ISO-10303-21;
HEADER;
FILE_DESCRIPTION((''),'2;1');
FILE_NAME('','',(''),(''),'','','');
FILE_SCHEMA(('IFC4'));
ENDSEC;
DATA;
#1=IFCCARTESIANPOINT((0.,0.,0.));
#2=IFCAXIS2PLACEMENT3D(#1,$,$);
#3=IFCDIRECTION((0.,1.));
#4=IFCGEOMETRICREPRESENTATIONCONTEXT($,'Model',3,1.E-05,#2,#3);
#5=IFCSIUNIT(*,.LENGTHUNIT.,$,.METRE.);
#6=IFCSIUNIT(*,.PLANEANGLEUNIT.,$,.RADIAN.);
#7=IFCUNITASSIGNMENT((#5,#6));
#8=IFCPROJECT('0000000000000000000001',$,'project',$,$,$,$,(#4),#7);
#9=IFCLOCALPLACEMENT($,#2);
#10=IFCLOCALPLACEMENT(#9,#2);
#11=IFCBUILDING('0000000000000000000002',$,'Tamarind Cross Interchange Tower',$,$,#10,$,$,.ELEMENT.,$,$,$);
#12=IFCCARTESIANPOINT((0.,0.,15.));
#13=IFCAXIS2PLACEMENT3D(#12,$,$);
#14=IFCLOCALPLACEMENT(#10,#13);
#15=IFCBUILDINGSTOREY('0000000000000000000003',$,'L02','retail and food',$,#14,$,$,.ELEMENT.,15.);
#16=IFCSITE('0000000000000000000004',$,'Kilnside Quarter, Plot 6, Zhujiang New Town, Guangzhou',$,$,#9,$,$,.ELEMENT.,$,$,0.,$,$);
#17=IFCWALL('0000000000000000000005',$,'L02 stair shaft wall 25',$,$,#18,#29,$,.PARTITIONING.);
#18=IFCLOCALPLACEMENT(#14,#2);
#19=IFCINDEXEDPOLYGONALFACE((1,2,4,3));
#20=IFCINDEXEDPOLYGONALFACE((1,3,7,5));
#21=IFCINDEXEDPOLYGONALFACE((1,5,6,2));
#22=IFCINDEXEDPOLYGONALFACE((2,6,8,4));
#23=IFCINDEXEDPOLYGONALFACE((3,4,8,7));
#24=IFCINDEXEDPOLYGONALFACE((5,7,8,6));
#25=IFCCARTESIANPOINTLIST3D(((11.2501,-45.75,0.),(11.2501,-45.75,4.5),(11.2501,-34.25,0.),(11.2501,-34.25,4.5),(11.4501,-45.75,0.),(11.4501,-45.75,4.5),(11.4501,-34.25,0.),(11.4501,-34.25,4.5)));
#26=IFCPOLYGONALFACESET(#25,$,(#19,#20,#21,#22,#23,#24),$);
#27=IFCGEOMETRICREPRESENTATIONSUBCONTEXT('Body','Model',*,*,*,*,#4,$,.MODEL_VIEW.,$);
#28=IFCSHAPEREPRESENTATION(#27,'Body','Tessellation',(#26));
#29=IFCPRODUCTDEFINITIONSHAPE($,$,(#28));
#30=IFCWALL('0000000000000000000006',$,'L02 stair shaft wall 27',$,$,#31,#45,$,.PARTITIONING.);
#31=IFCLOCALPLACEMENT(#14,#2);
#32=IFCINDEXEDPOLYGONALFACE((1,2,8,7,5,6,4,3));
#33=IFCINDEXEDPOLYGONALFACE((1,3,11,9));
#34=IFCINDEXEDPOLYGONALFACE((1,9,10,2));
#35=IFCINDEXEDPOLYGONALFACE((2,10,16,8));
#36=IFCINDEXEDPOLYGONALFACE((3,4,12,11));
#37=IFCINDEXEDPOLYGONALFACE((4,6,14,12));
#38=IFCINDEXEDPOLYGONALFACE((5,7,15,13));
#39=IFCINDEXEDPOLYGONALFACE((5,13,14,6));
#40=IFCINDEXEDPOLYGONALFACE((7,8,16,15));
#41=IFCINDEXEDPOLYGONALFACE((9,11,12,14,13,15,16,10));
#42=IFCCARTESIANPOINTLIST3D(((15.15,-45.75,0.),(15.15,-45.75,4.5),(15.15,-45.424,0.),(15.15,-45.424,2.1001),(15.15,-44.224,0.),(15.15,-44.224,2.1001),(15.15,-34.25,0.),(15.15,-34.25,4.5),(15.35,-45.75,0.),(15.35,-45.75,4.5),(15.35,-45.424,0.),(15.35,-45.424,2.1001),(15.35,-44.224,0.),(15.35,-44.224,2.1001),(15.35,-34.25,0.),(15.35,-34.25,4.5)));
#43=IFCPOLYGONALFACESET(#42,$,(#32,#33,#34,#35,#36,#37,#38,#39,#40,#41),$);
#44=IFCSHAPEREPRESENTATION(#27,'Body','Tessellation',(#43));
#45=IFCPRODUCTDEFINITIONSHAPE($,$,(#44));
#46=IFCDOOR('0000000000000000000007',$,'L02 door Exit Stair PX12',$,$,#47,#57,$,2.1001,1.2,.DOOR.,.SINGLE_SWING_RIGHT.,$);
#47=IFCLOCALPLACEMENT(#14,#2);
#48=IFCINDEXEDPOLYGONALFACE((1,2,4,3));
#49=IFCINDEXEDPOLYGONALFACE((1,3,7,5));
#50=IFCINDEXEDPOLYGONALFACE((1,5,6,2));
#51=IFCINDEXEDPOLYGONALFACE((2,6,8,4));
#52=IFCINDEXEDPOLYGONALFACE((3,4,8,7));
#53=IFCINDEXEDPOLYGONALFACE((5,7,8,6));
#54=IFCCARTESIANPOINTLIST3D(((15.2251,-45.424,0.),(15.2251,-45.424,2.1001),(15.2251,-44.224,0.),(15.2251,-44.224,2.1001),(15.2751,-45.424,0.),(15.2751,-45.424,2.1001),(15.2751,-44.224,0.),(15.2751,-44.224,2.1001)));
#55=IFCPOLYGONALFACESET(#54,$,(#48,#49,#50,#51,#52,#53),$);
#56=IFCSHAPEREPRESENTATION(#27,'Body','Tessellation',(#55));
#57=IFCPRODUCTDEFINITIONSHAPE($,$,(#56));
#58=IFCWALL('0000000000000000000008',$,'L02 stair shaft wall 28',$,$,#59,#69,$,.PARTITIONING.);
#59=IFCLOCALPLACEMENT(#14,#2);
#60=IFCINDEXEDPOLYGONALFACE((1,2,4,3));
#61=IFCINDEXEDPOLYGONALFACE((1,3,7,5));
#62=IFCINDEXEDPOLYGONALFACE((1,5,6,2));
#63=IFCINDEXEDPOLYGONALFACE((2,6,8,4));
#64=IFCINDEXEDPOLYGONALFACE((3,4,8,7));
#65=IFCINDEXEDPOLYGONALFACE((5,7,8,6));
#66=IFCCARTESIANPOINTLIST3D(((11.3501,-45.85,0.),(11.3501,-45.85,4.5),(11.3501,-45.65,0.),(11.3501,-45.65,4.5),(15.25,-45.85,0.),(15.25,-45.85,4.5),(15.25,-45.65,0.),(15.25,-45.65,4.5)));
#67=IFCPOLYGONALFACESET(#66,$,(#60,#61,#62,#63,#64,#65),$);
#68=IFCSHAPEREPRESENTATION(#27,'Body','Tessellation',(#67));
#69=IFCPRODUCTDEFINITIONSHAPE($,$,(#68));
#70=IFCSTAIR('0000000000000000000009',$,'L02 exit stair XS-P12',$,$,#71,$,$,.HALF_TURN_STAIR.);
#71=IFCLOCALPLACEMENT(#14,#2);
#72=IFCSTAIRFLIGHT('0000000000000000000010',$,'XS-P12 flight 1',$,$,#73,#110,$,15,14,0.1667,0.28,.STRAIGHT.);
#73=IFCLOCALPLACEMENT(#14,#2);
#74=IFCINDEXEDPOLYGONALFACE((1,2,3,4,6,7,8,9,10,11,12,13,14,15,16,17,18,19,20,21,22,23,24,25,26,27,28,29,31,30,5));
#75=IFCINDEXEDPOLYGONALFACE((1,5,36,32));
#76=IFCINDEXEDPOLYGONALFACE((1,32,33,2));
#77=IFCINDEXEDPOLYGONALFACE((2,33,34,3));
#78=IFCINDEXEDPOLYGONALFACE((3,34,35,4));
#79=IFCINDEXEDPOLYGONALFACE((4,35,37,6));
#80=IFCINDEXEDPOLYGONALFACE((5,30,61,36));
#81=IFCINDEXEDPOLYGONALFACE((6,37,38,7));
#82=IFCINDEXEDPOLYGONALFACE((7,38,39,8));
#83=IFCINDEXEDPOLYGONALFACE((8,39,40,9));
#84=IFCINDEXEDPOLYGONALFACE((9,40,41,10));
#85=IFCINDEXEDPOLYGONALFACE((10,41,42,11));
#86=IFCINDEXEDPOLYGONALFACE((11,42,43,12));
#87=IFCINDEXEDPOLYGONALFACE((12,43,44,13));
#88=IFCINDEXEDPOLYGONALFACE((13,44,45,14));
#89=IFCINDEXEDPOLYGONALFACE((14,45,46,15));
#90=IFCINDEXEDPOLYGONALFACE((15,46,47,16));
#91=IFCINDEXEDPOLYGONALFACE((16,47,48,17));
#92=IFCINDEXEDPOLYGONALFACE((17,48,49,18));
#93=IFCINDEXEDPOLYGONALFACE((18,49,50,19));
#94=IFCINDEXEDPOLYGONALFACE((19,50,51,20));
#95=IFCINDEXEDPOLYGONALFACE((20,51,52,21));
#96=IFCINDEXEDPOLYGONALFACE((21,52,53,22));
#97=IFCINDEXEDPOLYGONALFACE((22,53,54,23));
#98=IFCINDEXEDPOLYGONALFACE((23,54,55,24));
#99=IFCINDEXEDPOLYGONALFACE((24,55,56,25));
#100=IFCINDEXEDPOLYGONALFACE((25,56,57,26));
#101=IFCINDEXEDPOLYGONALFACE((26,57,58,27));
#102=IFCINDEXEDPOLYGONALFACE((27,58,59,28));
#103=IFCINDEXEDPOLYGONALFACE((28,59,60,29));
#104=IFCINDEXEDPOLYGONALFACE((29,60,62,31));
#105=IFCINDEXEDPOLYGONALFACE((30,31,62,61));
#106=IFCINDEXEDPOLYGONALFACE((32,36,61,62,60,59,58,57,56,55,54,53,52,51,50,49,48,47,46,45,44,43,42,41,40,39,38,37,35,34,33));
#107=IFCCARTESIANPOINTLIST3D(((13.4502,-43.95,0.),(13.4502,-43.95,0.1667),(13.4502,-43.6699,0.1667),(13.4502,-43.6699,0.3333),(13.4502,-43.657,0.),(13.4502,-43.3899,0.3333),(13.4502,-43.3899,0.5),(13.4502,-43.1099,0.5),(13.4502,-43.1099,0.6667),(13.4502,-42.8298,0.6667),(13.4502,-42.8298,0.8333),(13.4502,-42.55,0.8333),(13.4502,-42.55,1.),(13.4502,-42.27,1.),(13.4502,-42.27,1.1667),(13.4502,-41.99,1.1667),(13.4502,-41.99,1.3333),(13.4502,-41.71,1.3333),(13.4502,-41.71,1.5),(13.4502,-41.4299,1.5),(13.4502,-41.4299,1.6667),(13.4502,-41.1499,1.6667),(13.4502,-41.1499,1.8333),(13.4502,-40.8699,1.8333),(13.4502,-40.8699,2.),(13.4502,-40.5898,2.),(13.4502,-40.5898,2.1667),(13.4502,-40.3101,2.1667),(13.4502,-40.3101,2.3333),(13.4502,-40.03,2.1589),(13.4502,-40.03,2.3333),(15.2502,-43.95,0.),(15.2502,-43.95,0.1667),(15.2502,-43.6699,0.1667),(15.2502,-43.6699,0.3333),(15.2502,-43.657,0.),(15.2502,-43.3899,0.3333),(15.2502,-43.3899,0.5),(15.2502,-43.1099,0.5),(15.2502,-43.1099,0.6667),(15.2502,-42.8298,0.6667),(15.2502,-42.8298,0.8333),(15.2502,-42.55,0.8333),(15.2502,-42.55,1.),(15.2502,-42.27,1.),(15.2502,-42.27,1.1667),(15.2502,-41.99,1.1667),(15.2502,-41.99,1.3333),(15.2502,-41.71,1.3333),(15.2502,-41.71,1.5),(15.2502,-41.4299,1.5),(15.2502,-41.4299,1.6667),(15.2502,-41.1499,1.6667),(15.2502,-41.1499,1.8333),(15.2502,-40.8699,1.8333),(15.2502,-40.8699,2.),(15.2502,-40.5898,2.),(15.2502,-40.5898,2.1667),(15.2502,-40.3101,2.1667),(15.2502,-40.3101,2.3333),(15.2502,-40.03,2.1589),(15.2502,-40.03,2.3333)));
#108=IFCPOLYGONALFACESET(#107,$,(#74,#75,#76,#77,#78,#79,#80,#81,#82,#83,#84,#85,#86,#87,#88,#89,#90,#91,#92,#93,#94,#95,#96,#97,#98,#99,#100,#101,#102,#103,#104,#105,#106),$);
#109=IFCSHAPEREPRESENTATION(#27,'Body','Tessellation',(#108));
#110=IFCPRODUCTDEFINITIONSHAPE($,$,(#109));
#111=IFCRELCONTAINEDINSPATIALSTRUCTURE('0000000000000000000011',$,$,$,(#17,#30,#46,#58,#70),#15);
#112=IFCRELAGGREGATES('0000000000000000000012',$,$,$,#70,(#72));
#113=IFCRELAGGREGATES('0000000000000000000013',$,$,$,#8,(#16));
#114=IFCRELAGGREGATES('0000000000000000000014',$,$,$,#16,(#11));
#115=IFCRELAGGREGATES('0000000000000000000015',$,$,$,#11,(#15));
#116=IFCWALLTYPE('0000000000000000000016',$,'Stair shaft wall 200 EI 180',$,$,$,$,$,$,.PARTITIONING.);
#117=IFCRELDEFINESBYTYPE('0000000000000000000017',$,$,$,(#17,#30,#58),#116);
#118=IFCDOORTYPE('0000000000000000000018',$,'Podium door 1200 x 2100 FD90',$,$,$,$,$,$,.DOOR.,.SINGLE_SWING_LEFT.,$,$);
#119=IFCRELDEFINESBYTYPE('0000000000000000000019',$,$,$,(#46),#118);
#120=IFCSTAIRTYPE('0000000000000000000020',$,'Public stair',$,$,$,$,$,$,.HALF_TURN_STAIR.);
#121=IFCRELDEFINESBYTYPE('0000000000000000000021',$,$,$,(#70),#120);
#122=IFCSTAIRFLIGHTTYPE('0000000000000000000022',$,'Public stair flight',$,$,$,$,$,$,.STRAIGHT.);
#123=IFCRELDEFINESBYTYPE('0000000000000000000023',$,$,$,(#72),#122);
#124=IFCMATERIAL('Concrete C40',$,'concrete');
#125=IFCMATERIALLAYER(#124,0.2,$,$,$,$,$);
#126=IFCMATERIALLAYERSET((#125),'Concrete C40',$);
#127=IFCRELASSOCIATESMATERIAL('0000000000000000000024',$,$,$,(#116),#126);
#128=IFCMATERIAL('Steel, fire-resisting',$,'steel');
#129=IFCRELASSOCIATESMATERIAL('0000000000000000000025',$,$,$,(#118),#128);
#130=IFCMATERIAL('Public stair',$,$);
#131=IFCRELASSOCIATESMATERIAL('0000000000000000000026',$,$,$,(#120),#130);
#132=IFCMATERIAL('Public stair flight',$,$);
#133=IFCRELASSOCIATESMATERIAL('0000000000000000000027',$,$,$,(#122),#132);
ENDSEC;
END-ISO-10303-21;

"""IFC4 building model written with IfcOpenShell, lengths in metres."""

from ifc_helpers import new_model, si_unit, direction, frame, frame_2d, origin, place, context, subcontext, project, spatial, polyline, rectangle, outline, extrude, material, layer, layer_set, type_object, element, fill, aggregate, save


model = new_model("IFC4")

# Units and contexts
model_context = context("Model", 3, precision=1e-05, world=origin(), true_north=direction((0.0, 1.0)))
body_context = subcontext(model_context, "Body", "Model", "MODEL_VIEW")
ifc_project = project(units=[si_unit("LENGTHUNIT", "METRE"), si_unit("PLANEANGLEUNIT", "RADIAN")], contexts=[model_context])

# Site, building, storey
site_placement = place(None, origin())
site = spatial("IfcSite", under=ifc_project, at=site_placement, Name="Kilnside Quarter, Plot 6, Zhujiang New Town, Guangzhou", CompositionType="ELEMENT", RefElevation=0.0)
building_placement = place(site_placement, origin())
building = spatial("IfcBuilding", under=site, at=building_placement, Name="Tamarind Cross Interchange Tower", CompositionType="ELEMENT")
storey_placement = place(building_placement, frame((0.0, 0.0, 15.0)))
storey = spatial("IfcBuildingStorey", under=building, at=storey_placement, Name="L02", Description="retail and food", CompositionType="ELEMENT", Elevation=15.0)

# Shared definitions
ifc_material_1 = material(Name="Steel, fire-resisting", Category="steel")

# Wall
ifc_material_2 = material(Name="Concrete C40", Category="concrete")
ifc_layer_1 = layer(ifc_material_2, 0.2)
ifc_layer_set_1 = layer_set([ifc_layer_1], Name="Concrete C40")
wall_type_1 = type_object("IfcWallType", Name="Stair shaft wall 200 EI 180", PredefinedType="PARTITIONING", material=ifc_layer_set_1)
wall_1_placement = place(storey_placement, frame((11.3501, -45.75, 0.0), z_axis=(0.0, 0.0, 1.0), x_axis=(0.0, 1.0, 0.0)))
element("IfcWall", 1, at=wall_1_placement, inside=storey, type_object=wall_type_1, Name="L02 stair shaft wall 25", PredefinedType="PARTITIONING", context=body_context, shape_type="SweptSolid", body=[
    extrude(rectangle(XDim=11.5, YDim=0.2, at=frame_2d((5.75, 0.0))), origin(), (0.0, 0.0, 1.0), 4.5),
])

# Wall, opening, door
wall_2_placement = place(storey_placement, frame((15.25, -45.75, 0.0), z_axis=(0.0, 0.0, 1.0), x_axis=(0.0, 1.0, 0.0)))
wall_2 = element("IfcWall", 2, at=wall_2_placement, inside=storey, type_object=wall_type_1, Name="L02 stair shaft wall 27", PredefinedType="PARTITIONING", context=body_context, shape_type="SweptSolid", body=[
    extrude(rectangle(XDim=11.5, YDim=0.2, at=frame_2d((5.75, 0.0))), origin(), (0.0, 0.0, 1.0), 4.5),
])
opening_1_placement = place(wall_2_placement, frame((0.3259, 0.0, 0.0)))
opening_1 = element("IfcOpeningElement", 3, at=opening_1_placement, cuts=wall_2, PredefinedType="OPENING", context=body_context, shape_type="SweptSolid", body=[
    extrude(rectangle(XDim=1.2, YDim=2.1001, at=frame_2d((0.6001, 1.05))), frame((0.0, 0.1099, 0.0), z_axis=(0.0, -1.0, 0.0), x_axis=(1.0, 0.0, 0.0)), (0.0, 0.0, 1.0), 0.22),
])
door_type_1 = type_object("IfcDoorType", Name="Podium door 1200 x 2100 FD90", OperationType="SINGLE_SWING_LEFT", PredefinedType="DOOR", material=ifc_material_1)
door_1_placement = place(opening_1_placement, origin())
door_1 = element("IfcDoor", 4, at=door_1_placement, inside=storey, type_object=door_type_1, Name="L02 door Exit Stair PX12", OperationType="SINGLE_SWING_RIGHT", OverallHeight=2.1001, OverallWidth=1.2, PredefinedType="DOOR", context=body_context, shape_type="SweptSolid", body=[
    extrude(rectangle(XDim=1.2, YDim=2.1001, at=frame_2d((0.6001, 1.05))), frame((0.0, 0.0249, 0.0), z_axis=(0.0, -1.0, 0.0), x_axis=(1.0, 0.0, 0.0)), (0.0, 0.0, 1.0), 0.05),
])
fill(opening_1, door_1)

# Wall
wall_3_placement = place(storey_placement, frame((11.3501, -45.75, 0.0), z_axis=(0.0, 0.0, 1.0), x_axis=(1.0, 0.0, 0.0)))
element("IfcWall", 5, at=wall_3_placement, inside=storey, type_object=wall_type_1, Name="L02 stair shaft wall 28", PredefinedType="PARTITIONING", context=body_context, shape_type="SweptSolid", body=[
    extrude(rectangle(XDim=3.8999, YDim=0.2, at=frame_2d((1.95, 0.0))), origin(), (0.0, 0.0, 1.0), 4.5),
])

# Stair, stair flight
ifc_material_3 = material(Name="Public stair")
stair_type = type_object("IfcStairType", Name="Public stair", PredefinedType="HALF_TURN_STAIR", material=ifc_material_3)
stair_placement = place(storey_placement, origin())
stair = element("IfcStair", 6, at=stair_placement, inside=storey, type_object=stair_type, Name="L02 exit stair XS-P12", PredefinedType="HALF_TURN_STAIR")
ifc_material_4 = material(Name="Public stair flight")
stair_flight_type = type_object("IfcStairFlightType", Name="Public stair flight", PredefinedType="STRAIGHT", material=ifc_material_4)
stair_flight_placement = place(storey_placement, frame((14.3501, -43.95, 0.0), z_axis=(0.0, 0.0, 1.0), x_axis=(0.0, 1.0, 0.0)))
stair_flight = element("IfcStairFlight", 7, at=stair_flight_placement, type_object=stair_flight_type, Name="XS-P12 flight 1", NumberOfRisers=15, NumberOfTreads=14, PredefinedType="STRAIGHT", RiserHeight=0.1667, TreadLength=0.28, context=body_context, shape_type="SweptSolid", body=[
    extrude(outline(polyline([(0.0, 0.0), (0.0, 0.1667), (0.28, 0.1667), (0.28, 0.3333), (0.5601, 0.3333), (0.5601, 0.5), (0.8401, 0.5), (0.8401, 0.6667), (1.1201, 0.6667), (1.1201, 0.8333), (1.3999, 0.8333), (1.3999, 1.0), (1.6799, 1.0), (1.6799, 1.1667), (1.96, 1.1667), (1.96, 1.3333), (2.24, 1.3333), (2.24, 1.5), (2.52, 1.5), (2.52, 1.6667), (2.8, 1.6667), (2.8, 1.8333), (3.0801, 1.8333), (3.0801, 2.0), (3.3601, 2.0), (3.3601, 2.1667), (3.6399, 2.1667), (3.6399, 2.3333), (3.9199, 2.3333), (3.9199, 2.5), (3.9199, 2.1589), (0.293, 0.0), (0.0, 0.0)])), frame((0.0, 0.8999, 0.0), z_axis=(0.0, -1.0, 0.0), x_axis=(1.0, 0.0, 0.0)), (0.0, 0.0, 1.0), 1.8),
])
aggregate(stair, [stair_flight])

save(model, "model.ifc")
